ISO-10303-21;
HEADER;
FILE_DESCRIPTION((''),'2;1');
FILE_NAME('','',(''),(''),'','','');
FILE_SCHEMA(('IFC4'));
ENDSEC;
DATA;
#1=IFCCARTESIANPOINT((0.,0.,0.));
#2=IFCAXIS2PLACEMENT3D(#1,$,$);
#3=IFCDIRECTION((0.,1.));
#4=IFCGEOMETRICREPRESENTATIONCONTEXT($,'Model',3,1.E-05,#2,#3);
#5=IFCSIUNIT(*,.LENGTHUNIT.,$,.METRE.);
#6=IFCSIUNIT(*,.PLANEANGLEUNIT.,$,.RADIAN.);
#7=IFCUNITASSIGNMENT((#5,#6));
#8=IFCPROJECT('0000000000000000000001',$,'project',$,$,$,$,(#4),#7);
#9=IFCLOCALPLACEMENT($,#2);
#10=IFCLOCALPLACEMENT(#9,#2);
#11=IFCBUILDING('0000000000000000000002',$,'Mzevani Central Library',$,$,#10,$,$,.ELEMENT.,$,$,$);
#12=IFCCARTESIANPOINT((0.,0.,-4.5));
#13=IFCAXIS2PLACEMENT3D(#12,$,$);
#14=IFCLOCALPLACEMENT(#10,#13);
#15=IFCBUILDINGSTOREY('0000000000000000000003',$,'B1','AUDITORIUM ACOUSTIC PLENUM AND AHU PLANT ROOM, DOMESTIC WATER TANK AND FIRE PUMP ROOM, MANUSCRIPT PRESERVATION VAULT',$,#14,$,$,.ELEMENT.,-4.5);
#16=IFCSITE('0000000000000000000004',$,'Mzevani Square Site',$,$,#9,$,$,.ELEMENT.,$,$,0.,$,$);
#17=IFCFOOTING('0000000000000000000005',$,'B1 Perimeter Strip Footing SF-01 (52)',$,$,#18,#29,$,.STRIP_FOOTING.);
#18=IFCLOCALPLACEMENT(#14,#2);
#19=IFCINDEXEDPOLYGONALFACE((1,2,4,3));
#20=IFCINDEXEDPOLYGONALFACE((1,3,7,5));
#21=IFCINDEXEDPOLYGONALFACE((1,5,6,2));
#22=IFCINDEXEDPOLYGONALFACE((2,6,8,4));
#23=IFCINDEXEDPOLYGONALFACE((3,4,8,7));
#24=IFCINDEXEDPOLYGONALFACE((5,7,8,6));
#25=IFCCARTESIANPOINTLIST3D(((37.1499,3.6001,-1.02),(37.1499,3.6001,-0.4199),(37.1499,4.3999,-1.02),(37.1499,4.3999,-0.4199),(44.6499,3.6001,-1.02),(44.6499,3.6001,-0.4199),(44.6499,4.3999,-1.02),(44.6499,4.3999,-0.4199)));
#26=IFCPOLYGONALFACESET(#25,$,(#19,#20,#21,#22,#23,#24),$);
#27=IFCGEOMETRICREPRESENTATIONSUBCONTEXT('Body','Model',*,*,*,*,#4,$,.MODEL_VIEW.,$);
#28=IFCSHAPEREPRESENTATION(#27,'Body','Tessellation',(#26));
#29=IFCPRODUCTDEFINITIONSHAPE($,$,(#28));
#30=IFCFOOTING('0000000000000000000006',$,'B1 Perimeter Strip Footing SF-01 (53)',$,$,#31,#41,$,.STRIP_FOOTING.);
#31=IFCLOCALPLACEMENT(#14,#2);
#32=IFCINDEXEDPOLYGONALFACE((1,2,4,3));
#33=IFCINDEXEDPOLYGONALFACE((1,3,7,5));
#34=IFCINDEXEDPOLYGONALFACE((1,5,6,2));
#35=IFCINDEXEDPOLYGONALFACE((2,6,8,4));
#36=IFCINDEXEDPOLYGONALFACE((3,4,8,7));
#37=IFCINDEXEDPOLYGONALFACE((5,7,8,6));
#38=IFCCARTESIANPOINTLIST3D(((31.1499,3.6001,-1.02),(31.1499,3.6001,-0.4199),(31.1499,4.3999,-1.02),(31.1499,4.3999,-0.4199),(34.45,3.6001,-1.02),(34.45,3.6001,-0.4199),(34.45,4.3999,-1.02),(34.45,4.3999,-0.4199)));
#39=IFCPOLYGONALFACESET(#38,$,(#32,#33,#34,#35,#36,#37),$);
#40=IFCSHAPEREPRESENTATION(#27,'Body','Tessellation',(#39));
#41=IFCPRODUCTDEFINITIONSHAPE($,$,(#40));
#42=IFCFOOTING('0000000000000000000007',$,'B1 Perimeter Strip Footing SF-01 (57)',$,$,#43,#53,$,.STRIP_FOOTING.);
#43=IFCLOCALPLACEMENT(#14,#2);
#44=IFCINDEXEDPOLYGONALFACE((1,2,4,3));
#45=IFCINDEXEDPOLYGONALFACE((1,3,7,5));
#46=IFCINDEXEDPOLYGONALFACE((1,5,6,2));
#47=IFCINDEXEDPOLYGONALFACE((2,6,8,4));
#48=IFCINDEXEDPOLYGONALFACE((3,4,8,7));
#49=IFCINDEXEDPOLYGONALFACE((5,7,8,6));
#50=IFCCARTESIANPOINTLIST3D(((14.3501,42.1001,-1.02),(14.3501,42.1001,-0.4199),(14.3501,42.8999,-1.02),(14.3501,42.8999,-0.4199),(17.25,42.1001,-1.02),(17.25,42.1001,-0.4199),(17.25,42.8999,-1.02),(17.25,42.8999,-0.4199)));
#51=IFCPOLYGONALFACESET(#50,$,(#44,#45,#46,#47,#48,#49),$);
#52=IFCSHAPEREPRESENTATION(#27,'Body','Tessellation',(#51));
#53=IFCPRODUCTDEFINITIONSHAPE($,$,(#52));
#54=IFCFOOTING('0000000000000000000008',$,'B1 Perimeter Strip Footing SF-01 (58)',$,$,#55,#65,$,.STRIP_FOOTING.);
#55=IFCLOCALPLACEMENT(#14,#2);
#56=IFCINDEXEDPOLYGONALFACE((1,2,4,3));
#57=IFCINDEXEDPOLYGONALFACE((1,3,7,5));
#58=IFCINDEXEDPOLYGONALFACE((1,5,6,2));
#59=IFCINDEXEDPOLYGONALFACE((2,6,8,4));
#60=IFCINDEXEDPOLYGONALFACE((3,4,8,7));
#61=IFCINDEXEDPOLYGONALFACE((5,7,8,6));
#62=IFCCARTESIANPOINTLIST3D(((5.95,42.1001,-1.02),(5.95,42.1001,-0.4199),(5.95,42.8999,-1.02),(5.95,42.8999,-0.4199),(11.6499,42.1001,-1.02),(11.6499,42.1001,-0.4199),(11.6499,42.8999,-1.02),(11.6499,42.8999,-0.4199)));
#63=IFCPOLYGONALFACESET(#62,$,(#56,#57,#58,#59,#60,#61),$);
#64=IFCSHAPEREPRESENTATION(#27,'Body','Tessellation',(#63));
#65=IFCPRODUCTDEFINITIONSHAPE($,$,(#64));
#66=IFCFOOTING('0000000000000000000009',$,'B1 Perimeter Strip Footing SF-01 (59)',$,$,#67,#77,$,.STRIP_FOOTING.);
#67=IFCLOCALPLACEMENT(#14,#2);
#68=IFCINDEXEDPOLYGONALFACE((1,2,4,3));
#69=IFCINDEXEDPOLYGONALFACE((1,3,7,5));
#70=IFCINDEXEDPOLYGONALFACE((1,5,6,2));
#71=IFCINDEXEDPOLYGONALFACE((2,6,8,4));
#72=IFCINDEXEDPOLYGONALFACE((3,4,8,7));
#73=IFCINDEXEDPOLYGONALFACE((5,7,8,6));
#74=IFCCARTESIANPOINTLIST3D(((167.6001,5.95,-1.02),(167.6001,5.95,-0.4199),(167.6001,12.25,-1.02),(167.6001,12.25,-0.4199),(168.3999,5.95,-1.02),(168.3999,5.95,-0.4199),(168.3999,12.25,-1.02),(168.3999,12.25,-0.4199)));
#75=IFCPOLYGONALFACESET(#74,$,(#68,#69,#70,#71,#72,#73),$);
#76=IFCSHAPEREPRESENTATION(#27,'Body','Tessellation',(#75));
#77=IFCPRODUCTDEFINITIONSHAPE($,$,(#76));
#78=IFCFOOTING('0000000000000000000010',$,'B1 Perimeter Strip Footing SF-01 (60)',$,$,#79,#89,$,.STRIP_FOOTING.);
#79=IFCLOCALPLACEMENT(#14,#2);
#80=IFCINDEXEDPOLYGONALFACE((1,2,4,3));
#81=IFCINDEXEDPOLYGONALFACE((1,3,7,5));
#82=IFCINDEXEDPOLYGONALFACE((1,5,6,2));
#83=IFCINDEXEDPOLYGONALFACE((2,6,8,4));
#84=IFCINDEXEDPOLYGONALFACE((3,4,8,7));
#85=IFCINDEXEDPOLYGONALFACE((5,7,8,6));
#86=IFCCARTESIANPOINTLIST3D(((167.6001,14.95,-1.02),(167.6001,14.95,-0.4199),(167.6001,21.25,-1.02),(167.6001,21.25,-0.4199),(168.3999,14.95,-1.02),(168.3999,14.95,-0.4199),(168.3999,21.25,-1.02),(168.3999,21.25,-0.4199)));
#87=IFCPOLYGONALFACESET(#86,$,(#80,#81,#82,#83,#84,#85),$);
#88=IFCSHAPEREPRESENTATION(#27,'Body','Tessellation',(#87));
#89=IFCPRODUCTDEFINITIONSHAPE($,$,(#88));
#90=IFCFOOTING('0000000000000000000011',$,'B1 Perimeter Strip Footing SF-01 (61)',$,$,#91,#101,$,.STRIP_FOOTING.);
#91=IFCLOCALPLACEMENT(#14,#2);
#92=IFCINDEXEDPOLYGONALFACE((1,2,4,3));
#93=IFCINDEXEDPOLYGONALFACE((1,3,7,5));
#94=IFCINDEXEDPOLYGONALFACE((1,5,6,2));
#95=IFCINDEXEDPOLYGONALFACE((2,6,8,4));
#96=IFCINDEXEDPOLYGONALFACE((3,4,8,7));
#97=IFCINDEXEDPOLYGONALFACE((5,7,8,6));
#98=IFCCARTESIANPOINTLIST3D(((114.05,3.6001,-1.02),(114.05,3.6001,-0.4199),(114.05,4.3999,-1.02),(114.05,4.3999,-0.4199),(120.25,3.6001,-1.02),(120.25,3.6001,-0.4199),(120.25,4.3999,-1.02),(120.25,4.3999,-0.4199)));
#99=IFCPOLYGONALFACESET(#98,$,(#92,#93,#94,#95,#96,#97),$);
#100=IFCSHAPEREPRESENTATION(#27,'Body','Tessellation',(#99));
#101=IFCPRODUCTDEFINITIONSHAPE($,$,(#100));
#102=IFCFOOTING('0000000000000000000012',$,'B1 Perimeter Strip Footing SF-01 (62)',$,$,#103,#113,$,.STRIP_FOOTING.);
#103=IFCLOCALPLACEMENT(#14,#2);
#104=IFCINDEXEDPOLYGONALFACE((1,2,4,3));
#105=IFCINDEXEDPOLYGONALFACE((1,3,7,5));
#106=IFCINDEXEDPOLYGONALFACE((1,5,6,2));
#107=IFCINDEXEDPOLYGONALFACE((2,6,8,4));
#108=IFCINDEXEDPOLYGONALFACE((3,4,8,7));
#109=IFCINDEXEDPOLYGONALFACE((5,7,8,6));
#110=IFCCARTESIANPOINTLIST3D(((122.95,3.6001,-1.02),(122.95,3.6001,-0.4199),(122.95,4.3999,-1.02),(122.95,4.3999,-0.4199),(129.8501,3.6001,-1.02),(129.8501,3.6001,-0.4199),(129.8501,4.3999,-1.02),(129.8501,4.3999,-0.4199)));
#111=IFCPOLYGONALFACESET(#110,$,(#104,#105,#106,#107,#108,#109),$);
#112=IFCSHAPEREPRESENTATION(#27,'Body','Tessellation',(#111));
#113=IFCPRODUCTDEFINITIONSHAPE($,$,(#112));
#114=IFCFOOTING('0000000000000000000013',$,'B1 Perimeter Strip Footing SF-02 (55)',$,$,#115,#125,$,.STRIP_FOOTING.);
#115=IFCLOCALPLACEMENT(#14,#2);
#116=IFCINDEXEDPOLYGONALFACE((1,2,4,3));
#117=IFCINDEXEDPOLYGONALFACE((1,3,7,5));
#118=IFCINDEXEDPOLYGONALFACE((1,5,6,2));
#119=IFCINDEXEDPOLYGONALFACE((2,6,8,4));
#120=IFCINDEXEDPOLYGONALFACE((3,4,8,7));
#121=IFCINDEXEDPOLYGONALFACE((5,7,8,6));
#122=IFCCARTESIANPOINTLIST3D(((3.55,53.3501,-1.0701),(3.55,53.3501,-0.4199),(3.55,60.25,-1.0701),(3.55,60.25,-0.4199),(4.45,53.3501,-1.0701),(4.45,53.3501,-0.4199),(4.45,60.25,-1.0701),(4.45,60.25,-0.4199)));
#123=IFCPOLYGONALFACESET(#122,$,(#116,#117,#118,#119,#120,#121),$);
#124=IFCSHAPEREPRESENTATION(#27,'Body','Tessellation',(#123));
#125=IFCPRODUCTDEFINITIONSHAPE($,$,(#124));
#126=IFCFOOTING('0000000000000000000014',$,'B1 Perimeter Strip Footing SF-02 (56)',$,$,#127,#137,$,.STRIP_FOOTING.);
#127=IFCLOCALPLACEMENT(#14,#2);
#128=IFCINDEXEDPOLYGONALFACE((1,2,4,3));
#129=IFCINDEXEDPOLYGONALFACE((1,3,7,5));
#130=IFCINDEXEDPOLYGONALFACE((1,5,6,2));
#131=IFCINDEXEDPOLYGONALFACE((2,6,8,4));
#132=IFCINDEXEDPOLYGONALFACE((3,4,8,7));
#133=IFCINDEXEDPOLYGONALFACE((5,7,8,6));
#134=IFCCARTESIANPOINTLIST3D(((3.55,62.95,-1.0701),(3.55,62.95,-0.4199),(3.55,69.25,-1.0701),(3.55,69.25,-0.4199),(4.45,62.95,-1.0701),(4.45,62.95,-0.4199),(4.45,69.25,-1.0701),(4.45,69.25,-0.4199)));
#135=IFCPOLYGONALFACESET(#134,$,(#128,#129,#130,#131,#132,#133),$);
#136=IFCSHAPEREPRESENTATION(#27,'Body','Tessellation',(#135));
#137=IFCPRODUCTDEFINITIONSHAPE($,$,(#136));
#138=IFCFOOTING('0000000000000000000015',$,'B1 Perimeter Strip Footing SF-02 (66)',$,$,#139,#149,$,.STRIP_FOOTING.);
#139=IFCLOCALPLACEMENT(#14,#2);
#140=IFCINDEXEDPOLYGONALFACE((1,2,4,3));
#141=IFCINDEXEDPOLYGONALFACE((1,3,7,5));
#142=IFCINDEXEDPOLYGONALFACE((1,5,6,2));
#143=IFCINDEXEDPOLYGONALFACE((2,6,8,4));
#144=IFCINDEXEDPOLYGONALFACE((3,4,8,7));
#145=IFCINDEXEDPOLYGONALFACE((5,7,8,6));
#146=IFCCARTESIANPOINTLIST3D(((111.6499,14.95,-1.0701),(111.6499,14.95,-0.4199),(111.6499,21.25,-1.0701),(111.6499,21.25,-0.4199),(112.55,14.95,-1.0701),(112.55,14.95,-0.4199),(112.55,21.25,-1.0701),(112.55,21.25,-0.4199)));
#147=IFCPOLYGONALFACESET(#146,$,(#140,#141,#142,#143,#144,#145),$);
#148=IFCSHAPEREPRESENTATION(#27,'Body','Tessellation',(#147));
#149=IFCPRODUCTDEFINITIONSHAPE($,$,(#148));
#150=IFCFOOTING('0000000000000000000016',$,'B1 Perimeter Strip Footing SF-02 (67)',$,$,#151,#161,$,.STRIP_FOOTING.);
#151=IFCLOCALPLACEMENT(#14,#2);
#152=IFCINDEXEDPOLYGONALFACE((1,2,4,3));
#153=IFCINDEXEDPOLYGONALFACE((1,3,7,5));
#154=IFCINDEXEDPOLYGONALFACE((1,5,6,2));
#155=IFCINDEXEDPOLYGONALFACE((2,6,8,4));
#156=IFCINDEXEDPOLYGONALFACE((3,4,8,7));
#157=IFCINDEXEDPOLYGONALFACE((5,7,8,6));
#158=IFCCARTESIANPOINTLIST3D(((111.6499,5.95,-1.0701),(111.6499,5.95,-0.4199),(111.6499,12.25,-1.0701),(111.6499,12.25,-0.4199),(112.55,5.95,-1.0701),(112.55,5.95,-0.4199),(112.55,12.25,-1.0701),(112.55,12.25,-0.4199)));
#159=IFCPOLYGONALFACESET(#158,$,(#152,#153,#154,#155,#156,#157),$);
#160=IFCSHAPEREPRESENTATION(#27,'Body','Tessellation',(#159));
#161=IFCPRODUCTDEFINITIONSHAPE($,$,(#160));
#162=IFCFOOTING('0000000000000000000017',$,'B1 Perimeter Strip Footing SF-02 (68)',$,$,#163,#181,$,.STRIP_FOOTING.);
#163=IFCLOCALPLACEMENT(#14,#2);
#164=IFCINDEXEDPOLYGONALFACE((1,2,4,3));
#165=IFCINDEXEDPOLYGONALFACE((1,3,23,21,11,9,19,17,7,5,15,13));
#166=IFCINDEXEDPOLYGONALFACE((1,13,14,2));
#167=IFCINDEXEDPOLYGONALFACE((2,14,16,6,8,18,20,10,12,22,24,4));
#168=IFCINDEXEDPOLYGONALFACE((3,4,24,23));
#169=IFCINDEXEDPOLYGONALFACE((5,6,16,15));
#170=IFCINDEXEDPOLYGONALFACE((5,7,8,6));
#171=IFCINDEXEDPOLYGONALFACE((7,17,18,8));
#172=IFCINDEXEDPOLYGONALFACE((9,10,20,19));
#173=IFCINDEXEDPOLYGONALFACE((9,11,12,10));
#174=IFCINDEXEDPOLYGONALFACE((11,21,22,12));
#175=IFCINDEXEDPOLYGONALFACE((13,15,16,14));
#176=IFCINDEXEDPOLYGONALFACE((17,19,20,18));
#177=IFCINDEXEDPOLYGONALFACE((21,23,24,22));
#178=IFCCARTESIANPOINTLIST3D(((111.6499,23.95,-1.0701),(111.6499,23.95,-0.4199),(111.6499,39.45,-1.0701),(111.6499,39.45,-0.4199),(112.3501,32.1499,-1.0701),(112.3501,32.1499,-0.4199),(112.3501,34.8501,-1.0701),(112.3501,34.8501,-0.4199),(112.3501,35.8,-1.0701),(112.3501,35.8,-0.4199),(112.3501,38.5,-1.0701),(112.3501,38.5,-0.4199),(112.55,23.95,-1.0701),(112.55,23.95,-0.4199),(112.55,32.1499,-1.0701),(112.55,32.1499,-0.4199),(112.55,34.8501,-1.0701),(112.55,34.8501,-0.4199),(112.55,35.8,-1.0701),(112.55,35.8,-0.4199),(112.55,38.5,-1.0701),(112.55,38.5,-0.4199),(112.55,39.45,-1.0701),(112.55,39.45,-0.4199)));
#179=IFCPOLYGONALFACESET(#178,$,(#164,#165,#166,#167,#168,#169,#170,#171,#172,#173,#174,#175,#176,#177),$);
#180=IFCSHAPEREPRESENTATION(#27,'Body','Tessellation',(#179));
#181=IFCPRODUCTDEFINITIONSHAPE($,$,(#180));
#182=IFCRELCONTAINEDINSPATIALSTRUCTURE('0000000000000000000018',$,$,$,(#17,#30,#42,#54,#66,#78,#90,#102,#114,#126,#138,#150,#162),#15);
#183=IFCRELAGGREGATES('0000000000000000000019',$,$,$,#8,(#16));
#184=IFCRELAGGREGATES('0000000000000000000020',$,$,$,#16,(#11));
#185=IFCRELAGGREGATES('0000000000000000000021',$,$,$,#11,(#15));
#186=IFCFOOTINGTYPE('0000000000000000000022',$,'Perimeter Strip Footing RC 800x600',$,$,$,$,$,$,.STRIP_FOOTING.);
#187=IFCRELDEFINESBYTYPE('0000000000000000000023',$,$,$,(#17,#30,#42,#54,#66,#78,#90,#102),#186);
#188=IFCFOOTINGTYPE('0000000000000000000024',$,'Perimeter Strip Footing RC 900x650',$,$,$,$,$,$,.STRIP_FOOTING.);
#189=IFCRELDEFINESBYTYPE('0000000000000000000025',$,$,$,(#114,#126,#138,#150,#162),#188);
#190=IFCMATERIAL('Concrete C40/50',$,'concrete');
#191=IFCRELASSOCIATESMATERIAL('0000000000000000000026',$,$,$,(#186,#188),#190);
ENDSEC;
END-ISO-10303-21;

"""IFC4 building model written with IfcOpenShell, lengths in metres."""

from ifc_helpers import new_model, si_unit, direction, frame, origin, place, context, subcontext, project, spatial, polyline, outline, extrude, material, type_object, element, save


model = new_model("IFC4")

# Units and contexts
model_context = context("Model", 3, precision=1e-05, world=origin(), true_north=direction((0.0, 1.0)))
body_context = subcontext(model_context, "Body", "Model", "MODEL_VIEW")
ifc_project = project(units=[si_unit("LENGTHUNIT", "METRE"), si_unit("PLANEANGLEUNIT", "RADIAN")], contexts=[model_context])

# Site, building, storey
site_placement = place(None, origin())
site = spatial("IfcSite", under=ifc_project, at=site_placement, Name="Mzevani Square Site", CompositionType="ELEMENT", RefElevation=0.0)
building_placement = place(site_placement, origin())
building = spatial("IfcBuilding", under=site, at=building_placement, Name="Mzevani Central Library", CompositionType="ELEMENT")
storey_placement = place(building_placement, frame((0.0, 0.0, -4.5)))
storey = spatial("IfcBuildingStorey", under=building, at=storey_placement, Name="B1", Description="AUDITORIUM ACOUSTIC PLENUM AND AHU PLANT ROOM, DOMESTIC WATER TANK AND FIRE PUMP ROOM, MANUSCRIPT PRESERVATION VAULT", CompositionType="ELEMENT", Elevation=-4.5)

# Footings
ifc_material = material(Name="Concrete C40/50", Category="concrete")
footing_type_1 = type_object("IfcFootingType", Name="Perimeter Strip Footing RC 800x600", PredefinedType="STRIP_FOOTING", material=ifc_material)
footing_1_placement = place(storey_placement, frame((0.0, 0.0, -1.02)))
element("IfcFooting", 1, at=footing_1_placement, inside=storey, type_object=footing_type_1, Name="B1 Perimeter Strip Footing SF-01 (52)", PredefinedType="STRIP_FOOTING", context=body_context, shape_type="SweptSolid", body=[
    extrude(outline(polyline([(37.1499, 4.3999), (44.6499, 4.3999), (44.6499, 3.6001), (37.1499, 3.6001), (37.1499, 4.3999)])), origin(), (0.0, 0.0, 1.0), 0.6001),
])
footing_2_placement = place(storey_placement, frame((0.0, 0.0, -1.02)))
element("IfcFooting", 2, at=footing_2_placement, inside=storey, type_object=footing_type_1, Name="B1 Perimeter Strip Footing SF-01 (53)", PredefinedType="STRIP_FOOTING", context=body_context, shape_type="SweptSolid", body=[
    extrude(outline(polyline([(31.1499, 4.3999), (34.45, 4.3999), (34.45, 3.6001), (31.1499, 3.6001), (31.1499, 4.3999)])), origin(), (0.0, 0.0, 1.0), 0.6001),
])
footing_3_placement = place(storey_placement, frame((0.0, 0.0, -1.02)))
element("IfcFooting", 3, at=footing_3_placement, inside=storey, type_object=footing_type_1, Name="B1 Perimeter Strip Footing SF-01 (57)", PredefinedType="STRIP_FOOTING", context=body_context, shape_type="SweptSolid", body=[
    extrude(outline(polyline([(14.3501, 42.8999), (17.25, 42.8999), (17.25, 42.1001), (14.3501, 42.1001), (14.3501, 42.8999)])), origin(), (0.0, 0.0, 1.0), 0.6001),
])
footing_4_placement = place(storey_placement, frame((0.0, 0.0, -1.02)))
element("IfcFooting", 4, at=footing_4_placement, inside=storey, type_object=footing_type_1, Name="B1 Perimeter Strip Footing SF-01 (58)", PredefinedType="STRIP_FOOTING", context=body_context, shape_type="SweptSolid", body=[
    extrude(outline(polyline([(5.95, 42.8999), (11.6499, 42.8999), (11.6499, 42.1001), (5.95, 42.1001), (5.95, 42.8999)])), origin(), (0.0, 0.0, 1.0), 0.6001),
])
footing_5_placement = place(storey_placement, frame((0.0, 0.0, -1.02)))
element("IfcFooting", 5, at=footing_5_placement, inside=storey, type_object=footing_type_1, Name="B1 Perimeter Strip Footing SF-01 (59)", PredefinedType="STRIP_FOOTING", context=body_context, shape_type="SweptSolid", body=[
    extrude(outline(polyline([(168.3999, 12.25), (168.3999, 5.95), (167.6001, 5.95), (167.6001, 12.25), (168.3999, 12.25)])), origin(), (0.0, 0.0, 1.0), 0.6001),
])
footing_6_placement = place(storey_placement, frame((0.0, 0.0, -1.02)))
element("IfcFooting", 6, at=footing_6_placement, inside=storey, type_object=footing_type_1, Name="B1 Perimeter Strip Footing SF-01 (60)", PredefinedType="STRIP_FOOTING", context=body_context, shape_type="SweptSolid", body=[
    extrude(outline(polyline([(168.3999, 21.25), (168.3999, 14.95), (167.6001, 14.95), (167.6001, 21.25), (168.3999, 21.25)])), origin(), (0.0, 0.0, 1.0), 0.6001),
])
footing_7_placement = place(storey_placement, frame((0.0, 0.0, -1.02)))
element("IfcFooting", 7, at=footing_7_placement, inside=storey, type_object=footing_type_1, Name="B1 Perimeter Strip Footing SF-01 (61)", PredefinedType="STRIP_FOOTING", context=body_context, shape_type="SweptSolid", body=[
    extrude(outline(polyline([(120.25, 3.6001), (114.05, 3.6001), (114.05, 4.3999), (120.25, 4.3999), (120.25, 3.6001)])), origin(), (0.0, 0.0, 1.0), 0.6001),
])
footing_8_placement = place(storey_placement, frame((0.0, 0.0, -1.02)))
element("IfcFooting", 8, at=footing_8_placement, inside=storey, type_object=footing_type_1, Name="B1 Perimeter Strip Footing SF-01 (62)", PredefinedType="STRIP_FOOTING", context=body_context, shape_type="SweptSolid", body=[
    extrude(outline(polyline([(129.8501, 3.6001), (122.95, 3.6001), (122.95, 4.3999), (129.8501, 4.3999), (129.8501, 3.6001)])), origin(), (0.0, 0.0, 1.0), 0.6001),
])
footing_type_2 = type_object("IfcFootingType", Name="Perimeter Strip Footing RC 900x650", PredefinedType="STRIP_FOOTING", material=ifc_material)
footing_9_placement = place(storey_placement, frame((0.0, 0.0, -1.0701)))
element("IfcFooting", 9, at=footing_9_placement, inside=storey, type_object=footing_type_2, Name="B1 Perimeter Strip Footing SF-02 (55)", PredefinedType="STRIP_FOOTING", context=body_context, shape_type="SweptSolid", body=[
    extrude(outline(polyline([(4.45, 60.25), (4.45, 53.3501), (3.55, 53.3501), (3.55, 60.25), (4.45, 60.25)])), origin(), (0.0, 0.0, 1.0), 0.6501),
])
footing_10_placement = place(storey_placement, frame((0.0, 0.0, -1.0701)))
element("IfcFooting", 10, at=footing_10_placement, inside=storey, type_object=footing_type_2, Name="B1 Perimeter Strip Footing SF-02 (56)", PredefinedType="STRIP_FOOTING", context=body_context, shape_type="SweptSolid", body=[
    extrude(outline(polyline([(4.45, 69.25), (4.45, 62.95), (3.55, 62.95), (3.55, 69.25), (4.45, 69.25)])), origin(), (0.0, 0.0, 1.0), 0.6501),
])
footing_11_placement = place(storey_placement, frame((0.0, 0.0, -1.0701)))
element("IfcFooting", 11, at=footing_11_placement, inside=storey, type_object=footing_type_2, Name="B1 Perimeter Strip Footing SF-02 (66)", PredefinedType="STRIP_FOOTING", context=body_context, shape_type="SweptSolid", body=[
    extrude(outline(polyline([(111.6499, 14.95), (111.6499, 21.25), (112.55, 21.25), (112.55, 14.95), (111.6499, 14.95)])), origin(), (0.0, 0.0, 1.0), 0.6501),
])
footing_12_placement = place(storey_placement, frame((0.0, 0.0, -1.0701)))
element("IfcFooting", 12, at=footing_12_placement, inside=storey, type_object=footing_type_2, Name="B1 Perimeter Strip Footing SF-02 (67)", PredefinedType="STRIP_FOOTING", context=body_context, shape_type="SweptSolid", body=[
    extrude(outline(polyline([(111.6499, 5.95), (111.6499, 12.25), (112.55, 12.25), (112.55, 5.95), (111.6499, 5.95)])), origin(), (0.0, 0.0, 1.0), 0.6501),
])
footing_13_placement = place(storey_placement, frame((0.0, 0.0, -1.0701)))
element("IfcFooting", 13, at=footing_13_placement, inside=storey, type_object=footing_type_2, Name="B1 Perimeter Strip Footing SF-02 (68)", PredefinedType="STRIP_FOOTING", context=body_context, shape_type="SweptSolid", body=[
    extrude(outline(polyline([(112.3501, 38.5), (112.3501, 35.8), (112.55, 35.8), (112.55, 34.8501), (112.3501, 34.8501), (112.3501, 32.1499), (112.55, 32.1499), (112.55, 23.95), (111.6499, 23.95), (111.6499, 39.45), (112.55, 39.45), (112.55, 38.5), (112.3501, 38.5)])), origin(), (0.0, 0.0, 1.0), 0.6501),
])

save(model, "model.ifc")
